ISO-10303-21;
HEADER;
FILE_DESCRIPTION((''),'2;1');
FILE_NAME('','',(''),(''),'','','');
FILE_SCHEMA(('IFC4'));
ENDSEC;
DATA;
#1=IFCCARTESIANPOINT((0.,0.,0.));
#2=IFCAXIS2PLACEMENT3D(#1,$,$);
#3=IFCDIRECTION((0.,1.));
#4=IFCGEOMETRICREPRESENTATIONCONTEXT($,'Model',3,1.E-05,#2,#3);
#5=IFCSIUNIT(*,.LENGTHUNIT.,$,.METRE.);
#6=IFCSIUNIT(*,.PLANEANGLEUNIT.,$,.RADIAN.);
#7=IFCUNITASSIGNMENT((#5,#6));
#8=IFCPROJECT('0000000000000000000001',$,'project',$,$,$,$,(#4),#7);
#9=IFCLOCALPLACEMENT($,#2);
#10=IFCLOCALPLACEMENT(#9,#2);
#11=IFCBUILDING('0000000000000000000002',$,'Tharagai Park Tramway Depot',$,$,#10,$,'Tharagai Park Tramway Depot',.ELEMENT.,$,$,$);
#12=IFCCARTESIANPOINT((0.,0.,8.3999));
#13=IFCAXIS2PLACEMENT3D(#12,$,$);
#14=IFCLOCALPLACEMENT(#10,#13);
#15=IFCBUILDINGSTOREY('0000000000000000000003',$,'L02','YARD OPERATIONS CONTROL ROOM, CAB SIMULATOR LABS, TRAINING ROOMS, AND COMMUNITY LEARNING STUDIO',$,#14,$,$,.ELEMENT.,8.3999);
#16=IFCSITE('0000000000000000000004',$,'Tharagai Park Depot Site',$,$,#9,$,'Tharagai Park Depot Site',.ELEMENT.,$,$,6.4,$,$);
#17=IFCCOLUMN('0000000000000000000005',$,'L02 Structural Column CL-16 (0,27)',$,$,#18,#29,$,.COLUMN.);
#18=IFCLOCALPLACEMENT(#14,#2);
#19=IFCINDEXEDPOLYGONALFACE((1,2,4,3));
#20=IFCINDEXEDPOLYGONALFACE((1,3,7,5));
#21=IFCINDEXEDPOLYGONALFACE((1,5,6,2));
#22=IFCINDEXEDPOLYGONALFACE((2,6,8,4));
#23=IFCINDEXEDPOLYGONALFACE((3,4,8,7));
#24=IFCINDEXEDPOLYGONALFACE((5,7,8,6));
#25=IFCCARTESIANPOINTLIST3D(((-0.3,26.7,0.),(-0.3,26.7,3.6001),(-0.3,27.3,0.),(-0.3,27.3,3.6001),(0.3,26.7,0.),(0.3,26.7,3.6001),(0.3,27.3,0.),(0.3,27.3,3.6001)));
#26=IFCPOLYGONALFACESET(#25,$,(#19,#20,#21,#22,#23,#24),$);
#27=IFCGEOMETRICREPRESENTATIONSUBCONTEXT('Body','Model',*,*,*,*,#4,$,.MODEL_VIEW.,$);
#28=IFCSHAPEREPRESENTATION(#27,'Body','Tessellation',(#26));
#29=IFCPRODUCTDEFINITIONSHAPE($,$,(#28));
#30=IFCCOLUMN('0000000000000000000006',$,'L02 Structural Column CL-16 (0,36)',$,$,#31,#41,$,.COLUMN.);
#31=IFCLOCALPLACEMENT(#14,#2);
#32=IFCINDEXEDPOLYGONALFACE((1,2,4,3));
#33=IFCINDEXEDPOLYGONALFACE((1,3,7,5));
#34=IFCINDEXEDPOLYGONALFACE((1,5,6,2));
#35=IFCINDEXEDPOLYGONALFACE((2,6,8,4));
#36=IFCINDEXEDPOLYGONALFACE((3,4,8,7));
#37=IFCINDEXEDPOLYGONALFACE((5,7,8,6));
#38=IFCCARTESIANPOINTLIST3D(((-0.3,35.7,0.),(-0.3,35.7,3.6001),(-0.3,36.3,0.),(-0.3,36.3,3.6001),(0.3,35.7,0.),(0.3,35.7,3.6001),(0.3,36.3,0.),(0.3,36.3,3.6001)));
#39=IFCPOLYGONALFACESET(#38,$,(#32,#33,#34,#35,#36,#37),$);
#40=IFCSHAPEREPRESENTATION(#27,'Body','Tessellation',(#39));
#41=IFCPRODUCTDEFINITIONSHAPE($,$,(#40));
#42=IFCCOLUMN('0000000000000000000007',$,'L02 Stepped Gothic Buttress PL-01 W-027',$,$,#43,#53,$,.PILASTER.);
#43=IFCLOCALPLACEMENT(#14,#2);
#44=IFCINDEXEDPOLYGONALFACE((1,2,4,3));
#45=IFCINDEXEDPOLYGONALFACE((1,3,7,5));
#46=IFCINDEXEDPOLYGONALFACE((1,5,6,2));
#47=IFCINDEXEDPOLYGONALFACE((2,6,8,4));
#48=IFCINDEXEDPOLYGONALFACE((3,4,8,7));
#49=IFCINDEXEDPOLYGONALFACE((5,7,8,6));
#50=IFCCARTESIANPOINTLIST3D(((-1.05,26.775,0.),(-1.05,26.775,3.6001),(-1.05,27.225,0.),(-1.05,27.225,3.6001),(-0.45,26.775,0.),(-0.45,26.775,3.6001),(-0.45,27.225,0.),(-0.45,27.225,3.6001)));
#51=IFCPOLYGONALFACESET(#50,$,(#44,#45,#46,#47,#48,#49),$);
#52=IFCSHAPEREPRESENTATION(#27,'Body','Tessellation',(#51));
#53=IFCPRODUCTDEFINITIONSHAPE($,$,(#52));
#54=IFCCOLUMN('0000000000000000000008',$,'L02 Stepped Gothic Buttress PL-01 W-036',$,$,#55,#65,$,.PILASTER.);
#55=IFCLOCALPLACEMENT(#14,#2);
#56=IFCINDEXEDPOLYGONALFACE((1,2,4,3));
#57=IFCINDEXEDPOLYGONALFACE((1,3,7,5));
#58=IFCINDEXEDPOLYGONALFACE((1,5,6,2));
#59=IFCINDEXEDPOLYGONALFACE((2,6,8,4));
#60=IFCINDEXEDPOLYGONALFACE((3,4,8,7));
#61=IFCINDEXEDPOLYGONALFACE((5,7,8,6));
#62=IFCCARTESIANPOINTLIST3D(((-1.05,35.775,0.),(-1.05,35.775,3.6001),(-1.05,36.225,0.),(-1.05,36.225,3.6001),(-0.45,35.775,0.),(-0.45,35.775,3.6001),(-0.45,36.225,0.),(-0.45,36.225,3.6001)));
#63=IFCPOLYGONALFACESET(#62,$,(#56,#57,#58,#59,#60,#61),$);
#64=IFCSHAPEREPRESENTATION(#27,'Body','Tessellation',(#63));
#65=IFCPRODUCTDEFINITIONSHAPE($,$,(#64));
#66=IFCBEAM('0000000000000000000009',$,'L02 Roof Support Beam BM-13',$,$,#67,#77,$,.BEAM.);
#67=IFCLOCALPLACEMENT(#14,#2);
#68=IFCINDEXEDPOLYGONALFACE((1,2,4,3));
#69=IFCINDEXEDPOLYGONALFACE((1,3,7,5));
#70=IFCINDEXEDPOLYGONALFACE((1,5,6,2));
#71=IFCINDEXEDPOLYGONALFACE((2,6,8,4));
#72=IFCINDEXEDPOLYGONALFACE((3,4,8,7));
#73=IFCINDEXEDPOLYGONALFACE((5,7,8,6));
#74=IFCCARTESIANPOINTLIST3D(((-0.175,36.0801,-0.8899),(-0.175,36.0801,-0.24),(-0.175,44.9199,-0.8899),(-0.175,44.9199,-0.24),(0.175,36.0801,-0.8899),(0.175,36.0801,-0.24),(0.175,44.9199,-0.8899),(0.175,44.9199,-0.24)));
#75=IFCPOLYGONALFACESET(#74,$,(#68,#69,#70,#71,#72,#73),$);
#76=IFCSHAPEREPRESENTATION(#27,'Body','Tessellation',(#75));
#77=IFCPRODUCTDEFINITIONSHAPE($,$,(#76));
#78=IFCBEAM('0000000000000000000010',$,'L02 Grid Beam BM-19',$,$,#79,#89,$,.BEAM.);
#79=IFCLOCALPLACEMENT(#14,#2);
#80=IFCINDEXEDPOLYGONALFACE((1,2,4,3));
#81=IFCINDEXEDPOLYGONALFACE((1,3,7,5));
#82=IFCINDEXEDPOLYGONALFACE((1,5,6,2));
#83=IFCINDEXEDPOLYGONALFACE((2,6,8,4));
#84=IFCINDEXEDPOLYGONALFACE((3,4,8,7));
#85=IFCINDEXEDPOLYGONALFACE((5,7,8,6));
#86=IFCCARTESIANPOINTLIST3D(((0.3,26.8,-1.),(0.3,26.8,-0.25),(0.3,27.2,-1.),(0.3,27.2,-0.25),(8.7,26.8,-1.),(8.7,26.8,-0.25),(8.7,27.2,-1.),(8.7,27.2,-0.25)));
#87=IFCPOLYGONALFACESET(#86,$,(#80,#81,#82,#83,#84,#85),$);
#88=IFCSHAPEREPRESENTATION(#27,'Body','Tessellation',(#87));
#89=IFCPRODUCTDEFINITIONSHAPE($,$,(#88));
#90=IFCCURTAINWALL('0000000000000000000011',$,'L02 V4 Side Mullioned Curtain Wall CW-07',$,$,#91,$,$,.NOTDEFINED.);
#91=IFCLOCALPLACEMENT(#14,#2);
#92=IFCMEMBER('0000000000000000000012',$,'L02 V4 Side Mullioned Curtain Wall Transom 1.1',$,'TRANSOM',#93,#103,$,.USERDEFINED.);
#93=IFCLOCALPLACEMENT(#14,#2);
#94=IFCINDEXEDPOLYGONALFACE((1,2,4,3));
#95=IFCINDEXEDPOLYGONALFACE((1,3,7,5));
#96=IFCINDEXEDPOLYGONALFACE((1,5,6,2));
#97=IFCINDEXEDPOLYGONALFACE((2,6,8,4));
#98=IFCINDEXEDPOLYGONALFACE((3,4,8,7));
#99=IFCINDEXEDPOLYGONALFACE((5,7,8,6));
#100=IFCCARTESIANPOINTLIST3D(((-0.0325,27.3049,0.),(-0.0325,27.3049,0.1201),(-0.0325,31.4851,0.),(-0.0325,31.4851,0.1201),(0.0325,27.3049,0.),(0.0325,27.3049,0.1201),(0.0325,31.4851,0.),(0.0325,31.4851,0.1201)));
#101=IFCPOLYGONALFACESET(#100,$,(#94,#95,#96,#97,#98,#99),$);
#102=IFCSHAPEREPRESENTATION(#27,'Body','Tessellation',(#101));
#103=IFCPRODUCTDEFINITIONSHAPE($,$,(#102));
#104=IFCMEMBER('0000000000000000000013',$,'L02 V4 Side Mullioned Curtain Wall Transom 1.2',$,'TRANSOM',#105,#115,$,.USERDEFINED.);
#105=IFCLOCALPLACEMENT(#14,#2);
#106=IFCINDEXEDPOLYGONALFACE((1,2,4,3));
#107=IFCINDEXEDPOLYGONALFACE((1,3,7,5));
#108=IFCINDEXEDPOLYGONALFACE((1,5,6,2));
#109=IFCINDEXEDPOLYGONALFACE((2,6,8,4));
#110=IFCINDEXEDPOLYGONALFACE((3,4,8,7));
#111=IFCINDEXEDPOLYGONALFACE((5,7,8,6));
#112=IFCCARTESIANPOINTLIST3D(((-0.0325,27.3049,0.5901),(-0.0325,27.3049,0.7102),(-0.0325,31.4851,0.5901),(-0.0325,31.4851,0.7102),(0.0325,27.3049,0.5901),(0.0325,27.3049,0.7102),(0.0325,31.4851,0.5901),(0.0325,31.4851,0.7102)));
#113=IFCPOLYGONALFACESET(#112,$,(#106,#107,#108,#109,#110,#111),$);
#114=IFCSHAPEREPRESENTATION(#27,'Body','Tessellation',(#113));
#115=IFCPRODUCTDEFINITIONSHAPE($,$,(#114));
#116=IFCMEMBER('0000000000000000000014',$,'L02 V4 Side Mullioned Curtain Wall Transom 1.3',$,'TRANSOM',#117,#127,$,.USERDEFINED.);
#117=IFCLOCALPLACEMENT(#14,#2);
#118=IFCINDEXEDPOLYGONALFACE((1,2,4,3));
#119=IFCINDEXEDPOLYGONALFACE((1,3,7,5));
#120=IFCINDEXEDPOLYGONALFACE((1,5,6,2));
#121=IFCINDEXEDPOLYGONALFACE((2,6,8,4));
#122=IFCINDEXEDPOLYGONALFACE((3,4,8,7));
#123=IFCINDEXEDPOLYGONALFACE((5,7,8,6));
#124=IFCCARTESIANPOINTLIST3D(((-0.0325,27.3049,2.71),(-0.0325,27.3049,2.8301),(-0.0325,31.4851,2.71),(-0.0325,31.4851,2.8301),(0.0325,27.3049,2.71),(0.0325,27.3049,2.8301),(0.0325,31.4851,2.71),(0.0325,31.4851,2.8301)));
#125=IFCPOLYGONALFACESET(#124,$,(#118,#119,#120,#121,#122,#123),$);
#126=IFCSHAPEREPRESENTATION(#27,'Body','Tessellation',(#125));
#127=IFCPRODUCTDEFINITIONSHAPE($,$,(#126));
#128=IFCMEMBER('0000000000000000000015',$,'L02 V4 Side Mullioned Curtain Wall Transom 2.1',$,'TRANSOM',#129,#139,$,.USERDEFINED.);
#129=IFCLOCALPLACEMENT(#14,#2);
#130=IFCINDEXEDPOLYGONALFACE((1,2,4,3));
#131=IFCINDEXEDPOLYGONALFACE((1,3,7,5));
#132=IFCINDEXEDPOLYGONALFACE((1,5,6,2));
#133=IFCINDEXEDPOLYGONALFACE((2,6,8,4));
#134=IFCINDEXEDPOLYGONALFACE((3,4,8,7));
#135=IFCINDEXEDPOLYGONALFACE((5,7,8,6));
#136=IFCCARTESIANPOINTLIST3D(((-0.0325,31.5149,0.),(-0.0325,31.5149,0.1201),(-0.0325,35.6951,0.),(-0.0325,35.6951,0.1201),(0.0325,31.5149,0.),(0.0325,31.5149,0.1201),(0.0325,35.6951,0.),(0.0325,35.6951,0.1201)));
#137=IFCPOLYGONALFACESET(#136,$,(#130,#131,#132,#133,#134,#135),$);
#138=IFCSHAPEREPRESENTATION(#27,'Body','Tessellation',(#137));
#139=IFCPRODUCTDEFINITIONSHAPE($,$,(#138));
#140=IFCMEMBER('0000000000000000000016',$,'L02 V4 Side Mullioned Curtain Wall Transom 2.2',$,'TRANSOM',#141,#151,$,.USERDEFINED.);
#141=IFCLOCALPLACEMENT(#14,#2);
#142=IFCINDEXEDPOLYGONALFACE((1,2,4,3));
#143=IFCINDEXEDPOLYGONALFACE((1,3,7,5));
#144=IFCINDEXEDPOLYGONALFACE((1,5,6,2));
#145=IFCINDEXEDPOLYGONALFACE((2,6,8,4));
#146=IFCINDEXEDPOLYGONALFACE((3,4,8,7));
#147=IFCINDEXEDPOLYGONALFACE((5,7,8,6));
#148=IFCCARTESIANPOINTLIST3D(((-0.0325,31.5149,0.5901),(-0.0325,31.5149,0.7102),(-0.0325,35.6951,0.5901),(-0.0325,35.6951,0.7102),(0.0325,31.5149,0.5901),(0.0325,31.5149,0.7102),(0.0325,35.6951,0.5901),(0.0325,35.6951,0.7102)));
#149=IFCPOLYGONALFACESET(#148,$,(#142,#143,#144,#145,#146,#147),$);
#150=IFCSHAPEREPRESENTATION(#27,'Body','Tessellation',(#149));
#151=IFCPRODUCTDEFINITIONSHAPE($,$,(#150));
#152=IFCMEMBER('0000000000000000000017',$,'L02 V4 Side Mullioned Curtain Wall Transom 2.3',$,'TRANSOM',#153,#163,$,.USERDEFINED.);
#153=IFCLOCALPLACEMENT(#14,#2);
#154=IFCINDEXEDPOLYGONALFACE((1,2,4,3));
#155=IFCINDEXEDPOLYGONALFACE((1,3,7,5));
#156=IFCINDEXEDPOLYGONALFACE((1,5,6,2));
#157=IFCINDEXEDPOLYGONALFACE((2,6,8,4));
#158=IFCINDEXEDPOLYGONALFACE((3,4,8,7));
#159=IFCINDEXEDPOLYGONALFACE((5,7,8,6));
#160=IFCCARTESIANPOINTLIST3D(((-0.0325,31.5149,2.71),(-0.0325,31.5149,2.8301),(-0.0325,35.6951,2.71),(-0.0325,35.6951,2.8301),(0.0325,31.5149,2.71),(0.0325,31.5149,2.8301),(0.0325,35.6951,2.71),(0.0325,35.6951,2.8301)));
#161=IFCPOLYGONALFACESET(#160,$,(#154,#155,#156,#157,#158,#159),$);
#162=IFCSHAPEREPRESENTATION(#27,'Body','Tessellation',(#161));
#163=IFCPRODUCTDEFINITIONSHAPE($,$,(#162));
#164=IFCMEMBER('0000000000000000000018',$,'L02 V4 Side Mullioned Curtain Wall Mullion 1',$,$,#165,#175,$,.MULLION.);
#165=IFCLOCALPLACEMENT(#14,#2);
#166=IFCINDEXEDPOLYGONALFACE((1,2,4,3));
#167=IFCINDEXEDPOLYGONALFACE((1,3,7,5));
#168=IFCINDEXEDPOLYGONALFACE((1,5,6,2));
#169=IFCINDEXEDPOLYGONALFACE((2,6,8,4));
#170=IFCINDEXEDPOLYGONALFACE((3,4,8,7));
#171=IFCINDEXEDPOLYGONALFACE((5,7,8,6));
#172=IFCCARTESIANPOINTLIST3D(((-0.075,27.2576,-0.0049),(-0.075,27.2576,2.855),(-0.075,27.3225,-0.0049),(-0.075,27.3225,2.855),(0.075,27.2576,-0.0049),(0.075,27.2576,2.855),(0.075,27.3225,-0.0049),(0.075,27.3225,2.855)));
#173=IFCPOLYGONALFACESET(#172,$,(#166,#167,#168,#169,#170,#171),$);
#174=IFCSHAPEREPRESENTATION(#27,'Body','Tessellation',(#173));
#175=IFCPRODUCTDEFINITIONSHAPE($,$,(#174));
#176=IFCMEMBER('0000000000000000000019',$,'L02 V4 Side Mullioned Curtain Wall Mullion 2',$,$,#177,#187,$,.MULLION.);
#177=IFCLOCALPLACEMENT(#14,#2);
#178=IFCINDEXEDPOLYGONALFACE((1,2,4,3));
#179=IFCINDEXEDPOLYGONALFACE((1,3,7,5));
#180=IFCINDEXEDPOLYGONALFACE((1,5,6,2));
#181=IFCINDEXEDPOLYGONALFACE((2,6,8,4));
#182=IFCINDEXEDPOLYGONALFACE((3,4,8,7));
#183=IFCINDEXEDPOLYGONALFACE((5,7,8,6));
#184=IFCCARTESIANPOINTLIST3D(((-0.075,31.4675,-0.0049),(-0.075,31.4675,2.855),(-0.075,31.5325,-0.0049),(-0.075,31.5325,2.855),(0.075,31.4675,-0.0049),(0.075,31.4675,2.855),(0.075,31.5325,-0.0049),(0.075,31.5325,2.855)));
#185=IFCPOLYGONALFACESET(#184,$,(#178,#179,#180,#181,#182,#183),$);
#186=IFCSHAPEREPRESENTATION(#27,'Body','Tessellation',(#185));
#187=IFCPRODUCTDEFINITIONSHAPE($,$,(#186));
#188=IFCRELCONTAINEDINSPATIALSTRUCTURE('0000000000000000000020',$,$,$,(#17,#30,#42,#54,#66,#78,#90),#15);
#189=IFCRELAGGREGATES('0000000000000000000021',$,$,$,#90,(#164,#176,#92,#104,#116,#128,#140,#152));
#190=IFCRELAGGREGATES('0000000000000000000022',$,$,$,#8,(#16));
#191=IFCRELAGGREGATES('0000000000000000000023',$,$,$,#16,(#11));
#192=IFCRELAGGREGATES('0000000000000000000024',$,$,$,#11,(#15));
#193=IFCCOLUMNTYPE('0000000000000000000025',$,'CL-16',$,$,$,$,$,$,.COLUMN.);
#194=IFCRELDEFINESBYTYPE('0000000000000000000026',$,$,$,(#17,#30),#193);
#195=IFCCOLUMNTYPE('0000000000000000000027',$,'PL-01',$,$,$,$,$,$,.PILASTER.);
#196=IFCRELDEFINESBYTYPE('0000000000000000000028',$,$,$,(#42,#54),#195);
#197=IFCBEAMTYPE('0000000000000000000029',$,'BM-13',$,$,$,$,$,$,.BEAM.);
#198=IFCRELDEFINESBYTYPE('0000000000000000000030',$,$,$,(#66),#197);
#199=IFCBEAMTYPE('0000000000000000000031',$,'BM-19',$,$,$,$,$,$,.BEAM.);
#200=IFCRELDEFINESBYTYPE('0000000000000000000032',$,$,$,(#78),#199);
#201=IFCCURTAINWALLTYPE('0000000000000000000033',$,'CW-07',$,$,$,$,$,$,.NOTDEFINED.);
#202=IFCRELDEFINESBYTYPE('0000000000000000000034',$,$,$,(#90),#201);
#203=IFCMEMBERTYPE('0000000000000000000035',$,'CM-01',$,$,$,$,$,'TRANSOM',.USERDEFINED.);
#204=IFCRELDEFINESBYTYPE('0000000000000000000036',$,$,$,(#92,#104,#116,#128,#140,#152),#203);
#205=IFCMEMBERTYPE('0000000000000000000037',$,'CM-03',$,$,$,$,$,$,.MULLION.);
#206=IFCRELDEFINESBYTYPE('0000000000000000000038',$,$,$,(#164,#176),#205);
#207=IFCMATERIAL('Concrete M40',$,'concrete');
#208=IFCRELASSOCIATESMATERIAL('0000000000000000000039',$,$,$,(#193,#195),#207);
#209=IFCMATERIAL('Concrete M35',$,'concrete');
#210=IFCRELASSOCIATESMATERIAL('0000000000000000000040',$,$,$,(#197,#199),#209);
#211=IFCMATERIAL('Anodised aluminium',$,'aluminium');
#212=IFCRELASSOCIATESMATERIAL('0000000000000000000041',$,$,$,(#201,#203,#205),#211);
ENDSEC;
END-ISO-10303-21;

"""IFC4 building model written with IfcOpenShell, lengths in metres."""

from ifc_helpers import new_model, si_unit, direction, frame, origin, origin_2d, place, context, subcontext, project, spatial, rectangle, extrude, material, material_profile, profile_set, type_object, element, aggregate, save


model = new_model("IFC4")

# Units and contexts
model_context = context("Model", 3, precision=1e-05, world=origin(), true_north=direction((0.0, 1.0)))
body_context = subcontext(model_context, "Body", "Model", "MODEL_VIEW")
ifc_project = project(units=[si_unit("LENGTHUNIT", "METRE"), si_unit("PLANEANGLEUNIT", "RADIAN")], contexts=[model_context])

# Site, building, storey
site_placement = place(None, origin())
site = spatial("IfcSite", under=ifc_project, at=site_placement, Name="Tharagai Park Depot Site", LongName="Tharagai Park Depot Site", CompositionType="ELEMENT", RefElevation=6.4)
building_placement = place(site_placement, origin())
building = spatial("IfcBuilding", under=site, at=building_placement, Name="Tharagai Park Tramway Depot", LongName="Tharagai Park Tramway Depot", CompositionType="ELEMENT")
storey_placement = place(building_placement, frame((0.0, 0.0, 8.3999)))
storey = spatial("IfcBuildingStorey", under=building, at=storey_placement, Name="L02", Description="YARD OPERATIONS CONTROL ROOM, CAB SIMULATOR LABS, TRAINING ROOMS, AND COMMUNITY LEARNING STUDIO", CompositionType="ELEMENT", Elevation=8.3999)

# Columns
ifc_material_1 = material(Name="Concrete M40", Category="concrete")
ifc_material_profile_1 = material_profile(ifc_material_1, rectangle(XDim=0.6001, YDim=0.6001, at=origin_2d()), Name="RC 600x600")
ifc_profile_set_1 = profile_set([ifc_material_profile_1], Name="Concrete M40")
column_type_1 = type_object("IfcColumnType", Name="CL-16", PredefinedType="COLUMN", material=ifc_profile_set_1)
for number, where, z_axis, x_axis, name in (
    (1, (0.0, 27.0, 0.0), (0.0, 0.0, 1.0), (1.0, 0.0, 0.0), "L02 Structural Column CL-16 (0,27)"),
    (2, (0.0, 36.0, 0.0), (0.0, 0.0, 1.0), (1.0, 0.0, 0.0), "L02 Structural Column CL-16 (0,36)"),
):
    element("IfcColumn", number, at=place(storey_placement, frame(where, z_axis=z_axis, x_axis=x_axis)), inside=storey, type_object=column_type_1, Name=name, PredefinedType="COLUMN", context=body_context, shape_type="SweptSolid", body=[
        extrude(rectangle(XDim=0.6001, YDim=0.6001, at=origin_2d()), origin(), (0.0, 0.0, 1.0), 3.6001),
    ])
ifc_material_profile_2 = material_profile(ifc_material_1, rectangle(XDim=0.45, YDim=0.6001, at=origin_2d()), Name="RC 450x600")
ifc_profile_set_2 = profile_set([ifc_material_profile_2], Name="Concrete M40")
column_type_2 = type_object("IfcColumnType", Name="PL-01", PredefinedType="PILASTER", material=ifc_profile_set_2)
for number, where, z_axis, x_axis, name in (
    (3, (-0.75, 27.0, 0.0), (0.0, 0.0, 1.0), (0.0, 1.0, 0.0), "L02 Stepped Gothic Buttress PL-01 W-027"),
    (4, (-0.75, 36.0, 0.0), (0.0, 0.0, 1.0), (0.0, 1.0, 0.0), "L02 Stepped Gothic Buttress PL-01 W-036"),
):
    element("IfcColumn", number, at=place(storey_placement, frame(where, z_axis=z_axis, x_axis=x_axis)), inside=storey, type_object=column_type_2, Name=name, PredefinedType="PILASTER", context=body_context, shape_type="SweptSolid", body=[
        extrude(rectangle(XDim=0.45, YDim=0.6001, at=origin_2d()), origin(), (0.0, 0.0, 1.0), 3.6001),
    ])

# Beams
ifc_material_2 = material(Name="Concrete M35", Category="concrete")
ifc_material_profile_3 = material_profile(ifc_material_2, rectangle(XDim=0.3501, YDim=0.6499, at=origin_2d()), Name="RC 350x650")
ifc_profile_set_3 = profile_set([ifc_material_profile_3], Name="Concrete M35")
beam_type_1 = type_object("IfcBeamType", Name="BM-13", PredefinedType="BEAM", material=ifc_profile_set_3)
beam_1_placement = place(storey_placement, frame((0.0, 36.0801, -0.5649), z_axis=(0.0, 1.0, 0.0), x_axis=(-1.0, 0.0, 0.0)))
element("IfcBeam", 5, at=beam_1_placement, inside=storey, type_object=beam_type_1, Name="L02 Roof Support Beam BM-13", PredefinedType="BEAM", context=body_context, shape_type="SweptSolid", body=[
    extrude(rectangle(XDim=0.3501, YDim=0.6499, at=origin_2d()), origin(), (0.0, 0.0, 1.0), 8.8398),
])
ifc_material_profile_4 = material_profile(ifc_material_2, rectangle(XDim=0.3999, YDim=0.75, at=origin_2d()), Name="RC 400x750")
ifc_profile_set_4 = profile_set([ifc_material_profile_4], Name="Concrete M35")
beam_type_2 = type_object("IfcBeamType", Name="BM-19", PredefinedType="BEAM", material=ifc_profile_set_4)
beam_2_placement = place(storey_placement, frame((0.3, 27.0, -0.625), z_axis=(1.0, 0.0, 0.0), x_axis=(0.0, 1.0, 0.0)))
element("IfcBeam", 6, at=beam_2_placement, inside=storey, type_object=beam_type_2, Name="L02 Grid Beam BM-19", PredefinedType="BEAM", context=body_context, shape_type="SweptSolid", body=[
    extrude(rectangle(XDim=0.3999, YDim=0.75, at=origin_2d()), origin(), (0.0, 0.0, 1.0), 8.3999),
])

# Curtain wall, members
ifc_material_3 = material(Name="Anodised aluminium", Category="aluminium")
curtain_wall_type = type_object("IfcCurtainWallType", Name="CW-07", PredefinedType="NOTDEFINED", material=ifc_material_3)
curtain_wall_placement = place(storey_placement, origin())
curtain_wall = element("IfcCurtainWall", 7, at=curtain_wall_placement, inside=storey, type_object=curtain_wall_type, Name="L02 V4 Side Mullioned Curtain Wall CW-07", PredefinedType="NOTDEFINED")
ifc_material_profile_5 = material_profile(ifc_material_3, rectangle(XDim=0.0649, YDim=0.1201, at=origin_2d()), Name="ALU 65x120")
ifc_profile_set_5 = profile_set([ifc_material_profile_5], Name="Anodised aluminium")
member_type_1 = type_object("IfcMemberType", Name="CM-01", ElementType="TRANSOM", PredefinedType="USERDEFINED", material=ifc_profile_set_5)
member_1_placement = place(storey_placement, frame((0.0, 27.3049, 0.0601), z_axis=(0.0, 1.0, 0.0), x_axis=(-1.0, 0.0, 0.0)))
member_1 = element("IfcMember", 8, at=member_1_placement, type_object=member_type_1, Name="L02 V4 Side Mullioned Curtain Wall Transom 1.1", ObjectType="TRANSOM", PredefinedType="USERDEFINED", context=body_context, shape_type="SweptSolid", body=[
    extrude(rectangle(XDim=0.0649, YDim=0.1201, at=origin_2d()), origin(), (0.0, 0.0, 1.0), 4.1802),
])
member_2_placement = place(storey_placement, frame((0.0, 27.3049, 0.6501), z_axis=(0.0, 1.0, 0.0), x_axis=(-1.0, 0.0, 0.0)))
member_2 = element("IfcMember", 9, at=member_2_placement, type_object=member_type_1, Name="L02 V4 Side Mullioned Curtain Wall Transom 1.2", ObjectType="TRANSOM", PredefinedType="USERDEFINED", context=body_context, shape_type="SweptSolid", body=[
    extrude(rectangle(XDim=0.0649, YDim=0.1201, at=origin_2d()), origin(), (0.0, 0.0, 1.0), 4.1802),
])
member_3_placement = place(storey_placement, frame((0.0, 27.3049, 2.77), z_axis=(0.0, 1.0, 0.0), x_axis=(-1.0, 0.0, 0.0)))
member_3 = element("IfcMember", 10, at=member_3_placement, type_object=member_type_1, Name="L02 V4 Side Mullioned Curtain Wall Transom 1.3", ObjectType="TRANSOM", PredefinedType="USERDEFINED", context=body_context, shape_type="SweptSolid", body=[
    extrude(rectangle(XDim=0.0649, YDim=0.1201, at=origin_2d()), origin(), (0.0, 0.0, 1.0), 4.1802),
])
member_4_placement = place(storey_placement, frame((0.0, 31.5149, 0.0601), z_axis=(0.0, 1.0, 0.0), x_axis=(-1.0, 0.0, 0.0)))
member_4 = element("IfcMember", 11, at=member_4_placement, type_object=member_type_1, Name="L02 V4 Side Mullioned Curtain Wall Transom 2.1", ObjectType="TRANSOM", PredefinedType="USERDEFINED", context=body_context, shape_type="SweptSolid", body=[
    extrude(rectangle(XDim=0.0649, YDim=0.1201, at=origin_2d()), origin(), (0.0, 0.0, 1.0), 4.1802),
])
member_5_placement = place(storey_placement, frame((0.0, 31.5149, 0.6501), z_axis=(0.0, 1.0, 0.0), x_axis=(-1.0, 0.0, 0.0)))
member_5 = element("IfcMember", 12, at=member_5_placement, type_object=member_type_1, Name="L02 V4 Side Mullioned Curtain Wall Transom 2.2", ObjectType="TRANSOM", PredefinedType="USERDEFINED", context=body_context, shape_type="SweptSolid", body=[
    extrude(rectangle(XDim=0.0649, YDim=0.1201, at=origin_2d()), origin(), (0.0, 0.0, 1.0), 4.1802),
])
member_6_placement = place(storey_placement, frame((0.0, 31.5149, 2.77), z_axis=(0.0, 1.0, 0.0), x_axis=(-1.0, 0.0, 0.0)))
member_6 = element("IfcMember", 13, at=member_6_placement, type_object=member_type_1, Name="L02 V4 Side Mullioned Curtain Wall Transom 2.3", ObjectType="TRANSOM", PredefinedType="USERDEFINED", context=body_context, shape_type="SweptSolid", body=[
    extrude(rectangle(XDim=0.0649, YDim=0.1201, at=origin_2d()), origin(), (0.0, 0.0, 1.0), 4.1802),
])
ifc_material_profile_6 = material_profile(ifc_material_3, rectangle(XDim=0.0649, YDim=0.1499, at=origin_2d()), Name="ALU 65x150")
ifc_profile_set_6 = profile_set([ifc_material_profile_6], Name="Anodised aluminium")
member_type_2 = type_object("IfcMemberType", Name="CM-03", PredefinedType="MULLION", material=ifc_profile_set_6)
member_7_placement = place(storey_placement, frame((0.0, 27.29, -0.0049), z_axis=(0.0, 0.0, 1.0), x_axis=(0.0, 1.0, 0.0)))
member_7 = element("IfcMember", 14, at=member_7_placement, type_object=member_type_2, Name="L02 V4 Side Mullioned Curtain Wall Mullion 1", PredefinedType="MULLION", context=body_context, shape_type="SweptSolid", body=[
    extrude(rectangle(XDim=0.0649, YDim=0.1499, at=origin_2d()), origin(), (0.0, 0.0, 1.0), 2.8599),
])
member_8_placement = place(storey_placement, frame((0.0, 31.5, -0.0049), z_axis=(0.0, 0.0, 1.0), x_axis=(0.0, 1.0, 0.0)))
member_8 = element("IfcMember", 15, at=member_8_placement, type_object=member_type_2, Name="L02 V4 Side Mullioned Curtain Wall Mullion 2", PredefinedType="MULLION", context=body_context, shape_type="SweptSolid", body=[
    extrude(rectangle(XDim=0.0649, YDim=0.1499, at=origin_2d()), origin(), (0.0, 0.0, 1.0), 2.8599),
])

aggregate(curtain_wall, [member_7, member_8, member_1, member_2, member_3, member_4, member_5, member_6])

save(model, "model.ifc")
